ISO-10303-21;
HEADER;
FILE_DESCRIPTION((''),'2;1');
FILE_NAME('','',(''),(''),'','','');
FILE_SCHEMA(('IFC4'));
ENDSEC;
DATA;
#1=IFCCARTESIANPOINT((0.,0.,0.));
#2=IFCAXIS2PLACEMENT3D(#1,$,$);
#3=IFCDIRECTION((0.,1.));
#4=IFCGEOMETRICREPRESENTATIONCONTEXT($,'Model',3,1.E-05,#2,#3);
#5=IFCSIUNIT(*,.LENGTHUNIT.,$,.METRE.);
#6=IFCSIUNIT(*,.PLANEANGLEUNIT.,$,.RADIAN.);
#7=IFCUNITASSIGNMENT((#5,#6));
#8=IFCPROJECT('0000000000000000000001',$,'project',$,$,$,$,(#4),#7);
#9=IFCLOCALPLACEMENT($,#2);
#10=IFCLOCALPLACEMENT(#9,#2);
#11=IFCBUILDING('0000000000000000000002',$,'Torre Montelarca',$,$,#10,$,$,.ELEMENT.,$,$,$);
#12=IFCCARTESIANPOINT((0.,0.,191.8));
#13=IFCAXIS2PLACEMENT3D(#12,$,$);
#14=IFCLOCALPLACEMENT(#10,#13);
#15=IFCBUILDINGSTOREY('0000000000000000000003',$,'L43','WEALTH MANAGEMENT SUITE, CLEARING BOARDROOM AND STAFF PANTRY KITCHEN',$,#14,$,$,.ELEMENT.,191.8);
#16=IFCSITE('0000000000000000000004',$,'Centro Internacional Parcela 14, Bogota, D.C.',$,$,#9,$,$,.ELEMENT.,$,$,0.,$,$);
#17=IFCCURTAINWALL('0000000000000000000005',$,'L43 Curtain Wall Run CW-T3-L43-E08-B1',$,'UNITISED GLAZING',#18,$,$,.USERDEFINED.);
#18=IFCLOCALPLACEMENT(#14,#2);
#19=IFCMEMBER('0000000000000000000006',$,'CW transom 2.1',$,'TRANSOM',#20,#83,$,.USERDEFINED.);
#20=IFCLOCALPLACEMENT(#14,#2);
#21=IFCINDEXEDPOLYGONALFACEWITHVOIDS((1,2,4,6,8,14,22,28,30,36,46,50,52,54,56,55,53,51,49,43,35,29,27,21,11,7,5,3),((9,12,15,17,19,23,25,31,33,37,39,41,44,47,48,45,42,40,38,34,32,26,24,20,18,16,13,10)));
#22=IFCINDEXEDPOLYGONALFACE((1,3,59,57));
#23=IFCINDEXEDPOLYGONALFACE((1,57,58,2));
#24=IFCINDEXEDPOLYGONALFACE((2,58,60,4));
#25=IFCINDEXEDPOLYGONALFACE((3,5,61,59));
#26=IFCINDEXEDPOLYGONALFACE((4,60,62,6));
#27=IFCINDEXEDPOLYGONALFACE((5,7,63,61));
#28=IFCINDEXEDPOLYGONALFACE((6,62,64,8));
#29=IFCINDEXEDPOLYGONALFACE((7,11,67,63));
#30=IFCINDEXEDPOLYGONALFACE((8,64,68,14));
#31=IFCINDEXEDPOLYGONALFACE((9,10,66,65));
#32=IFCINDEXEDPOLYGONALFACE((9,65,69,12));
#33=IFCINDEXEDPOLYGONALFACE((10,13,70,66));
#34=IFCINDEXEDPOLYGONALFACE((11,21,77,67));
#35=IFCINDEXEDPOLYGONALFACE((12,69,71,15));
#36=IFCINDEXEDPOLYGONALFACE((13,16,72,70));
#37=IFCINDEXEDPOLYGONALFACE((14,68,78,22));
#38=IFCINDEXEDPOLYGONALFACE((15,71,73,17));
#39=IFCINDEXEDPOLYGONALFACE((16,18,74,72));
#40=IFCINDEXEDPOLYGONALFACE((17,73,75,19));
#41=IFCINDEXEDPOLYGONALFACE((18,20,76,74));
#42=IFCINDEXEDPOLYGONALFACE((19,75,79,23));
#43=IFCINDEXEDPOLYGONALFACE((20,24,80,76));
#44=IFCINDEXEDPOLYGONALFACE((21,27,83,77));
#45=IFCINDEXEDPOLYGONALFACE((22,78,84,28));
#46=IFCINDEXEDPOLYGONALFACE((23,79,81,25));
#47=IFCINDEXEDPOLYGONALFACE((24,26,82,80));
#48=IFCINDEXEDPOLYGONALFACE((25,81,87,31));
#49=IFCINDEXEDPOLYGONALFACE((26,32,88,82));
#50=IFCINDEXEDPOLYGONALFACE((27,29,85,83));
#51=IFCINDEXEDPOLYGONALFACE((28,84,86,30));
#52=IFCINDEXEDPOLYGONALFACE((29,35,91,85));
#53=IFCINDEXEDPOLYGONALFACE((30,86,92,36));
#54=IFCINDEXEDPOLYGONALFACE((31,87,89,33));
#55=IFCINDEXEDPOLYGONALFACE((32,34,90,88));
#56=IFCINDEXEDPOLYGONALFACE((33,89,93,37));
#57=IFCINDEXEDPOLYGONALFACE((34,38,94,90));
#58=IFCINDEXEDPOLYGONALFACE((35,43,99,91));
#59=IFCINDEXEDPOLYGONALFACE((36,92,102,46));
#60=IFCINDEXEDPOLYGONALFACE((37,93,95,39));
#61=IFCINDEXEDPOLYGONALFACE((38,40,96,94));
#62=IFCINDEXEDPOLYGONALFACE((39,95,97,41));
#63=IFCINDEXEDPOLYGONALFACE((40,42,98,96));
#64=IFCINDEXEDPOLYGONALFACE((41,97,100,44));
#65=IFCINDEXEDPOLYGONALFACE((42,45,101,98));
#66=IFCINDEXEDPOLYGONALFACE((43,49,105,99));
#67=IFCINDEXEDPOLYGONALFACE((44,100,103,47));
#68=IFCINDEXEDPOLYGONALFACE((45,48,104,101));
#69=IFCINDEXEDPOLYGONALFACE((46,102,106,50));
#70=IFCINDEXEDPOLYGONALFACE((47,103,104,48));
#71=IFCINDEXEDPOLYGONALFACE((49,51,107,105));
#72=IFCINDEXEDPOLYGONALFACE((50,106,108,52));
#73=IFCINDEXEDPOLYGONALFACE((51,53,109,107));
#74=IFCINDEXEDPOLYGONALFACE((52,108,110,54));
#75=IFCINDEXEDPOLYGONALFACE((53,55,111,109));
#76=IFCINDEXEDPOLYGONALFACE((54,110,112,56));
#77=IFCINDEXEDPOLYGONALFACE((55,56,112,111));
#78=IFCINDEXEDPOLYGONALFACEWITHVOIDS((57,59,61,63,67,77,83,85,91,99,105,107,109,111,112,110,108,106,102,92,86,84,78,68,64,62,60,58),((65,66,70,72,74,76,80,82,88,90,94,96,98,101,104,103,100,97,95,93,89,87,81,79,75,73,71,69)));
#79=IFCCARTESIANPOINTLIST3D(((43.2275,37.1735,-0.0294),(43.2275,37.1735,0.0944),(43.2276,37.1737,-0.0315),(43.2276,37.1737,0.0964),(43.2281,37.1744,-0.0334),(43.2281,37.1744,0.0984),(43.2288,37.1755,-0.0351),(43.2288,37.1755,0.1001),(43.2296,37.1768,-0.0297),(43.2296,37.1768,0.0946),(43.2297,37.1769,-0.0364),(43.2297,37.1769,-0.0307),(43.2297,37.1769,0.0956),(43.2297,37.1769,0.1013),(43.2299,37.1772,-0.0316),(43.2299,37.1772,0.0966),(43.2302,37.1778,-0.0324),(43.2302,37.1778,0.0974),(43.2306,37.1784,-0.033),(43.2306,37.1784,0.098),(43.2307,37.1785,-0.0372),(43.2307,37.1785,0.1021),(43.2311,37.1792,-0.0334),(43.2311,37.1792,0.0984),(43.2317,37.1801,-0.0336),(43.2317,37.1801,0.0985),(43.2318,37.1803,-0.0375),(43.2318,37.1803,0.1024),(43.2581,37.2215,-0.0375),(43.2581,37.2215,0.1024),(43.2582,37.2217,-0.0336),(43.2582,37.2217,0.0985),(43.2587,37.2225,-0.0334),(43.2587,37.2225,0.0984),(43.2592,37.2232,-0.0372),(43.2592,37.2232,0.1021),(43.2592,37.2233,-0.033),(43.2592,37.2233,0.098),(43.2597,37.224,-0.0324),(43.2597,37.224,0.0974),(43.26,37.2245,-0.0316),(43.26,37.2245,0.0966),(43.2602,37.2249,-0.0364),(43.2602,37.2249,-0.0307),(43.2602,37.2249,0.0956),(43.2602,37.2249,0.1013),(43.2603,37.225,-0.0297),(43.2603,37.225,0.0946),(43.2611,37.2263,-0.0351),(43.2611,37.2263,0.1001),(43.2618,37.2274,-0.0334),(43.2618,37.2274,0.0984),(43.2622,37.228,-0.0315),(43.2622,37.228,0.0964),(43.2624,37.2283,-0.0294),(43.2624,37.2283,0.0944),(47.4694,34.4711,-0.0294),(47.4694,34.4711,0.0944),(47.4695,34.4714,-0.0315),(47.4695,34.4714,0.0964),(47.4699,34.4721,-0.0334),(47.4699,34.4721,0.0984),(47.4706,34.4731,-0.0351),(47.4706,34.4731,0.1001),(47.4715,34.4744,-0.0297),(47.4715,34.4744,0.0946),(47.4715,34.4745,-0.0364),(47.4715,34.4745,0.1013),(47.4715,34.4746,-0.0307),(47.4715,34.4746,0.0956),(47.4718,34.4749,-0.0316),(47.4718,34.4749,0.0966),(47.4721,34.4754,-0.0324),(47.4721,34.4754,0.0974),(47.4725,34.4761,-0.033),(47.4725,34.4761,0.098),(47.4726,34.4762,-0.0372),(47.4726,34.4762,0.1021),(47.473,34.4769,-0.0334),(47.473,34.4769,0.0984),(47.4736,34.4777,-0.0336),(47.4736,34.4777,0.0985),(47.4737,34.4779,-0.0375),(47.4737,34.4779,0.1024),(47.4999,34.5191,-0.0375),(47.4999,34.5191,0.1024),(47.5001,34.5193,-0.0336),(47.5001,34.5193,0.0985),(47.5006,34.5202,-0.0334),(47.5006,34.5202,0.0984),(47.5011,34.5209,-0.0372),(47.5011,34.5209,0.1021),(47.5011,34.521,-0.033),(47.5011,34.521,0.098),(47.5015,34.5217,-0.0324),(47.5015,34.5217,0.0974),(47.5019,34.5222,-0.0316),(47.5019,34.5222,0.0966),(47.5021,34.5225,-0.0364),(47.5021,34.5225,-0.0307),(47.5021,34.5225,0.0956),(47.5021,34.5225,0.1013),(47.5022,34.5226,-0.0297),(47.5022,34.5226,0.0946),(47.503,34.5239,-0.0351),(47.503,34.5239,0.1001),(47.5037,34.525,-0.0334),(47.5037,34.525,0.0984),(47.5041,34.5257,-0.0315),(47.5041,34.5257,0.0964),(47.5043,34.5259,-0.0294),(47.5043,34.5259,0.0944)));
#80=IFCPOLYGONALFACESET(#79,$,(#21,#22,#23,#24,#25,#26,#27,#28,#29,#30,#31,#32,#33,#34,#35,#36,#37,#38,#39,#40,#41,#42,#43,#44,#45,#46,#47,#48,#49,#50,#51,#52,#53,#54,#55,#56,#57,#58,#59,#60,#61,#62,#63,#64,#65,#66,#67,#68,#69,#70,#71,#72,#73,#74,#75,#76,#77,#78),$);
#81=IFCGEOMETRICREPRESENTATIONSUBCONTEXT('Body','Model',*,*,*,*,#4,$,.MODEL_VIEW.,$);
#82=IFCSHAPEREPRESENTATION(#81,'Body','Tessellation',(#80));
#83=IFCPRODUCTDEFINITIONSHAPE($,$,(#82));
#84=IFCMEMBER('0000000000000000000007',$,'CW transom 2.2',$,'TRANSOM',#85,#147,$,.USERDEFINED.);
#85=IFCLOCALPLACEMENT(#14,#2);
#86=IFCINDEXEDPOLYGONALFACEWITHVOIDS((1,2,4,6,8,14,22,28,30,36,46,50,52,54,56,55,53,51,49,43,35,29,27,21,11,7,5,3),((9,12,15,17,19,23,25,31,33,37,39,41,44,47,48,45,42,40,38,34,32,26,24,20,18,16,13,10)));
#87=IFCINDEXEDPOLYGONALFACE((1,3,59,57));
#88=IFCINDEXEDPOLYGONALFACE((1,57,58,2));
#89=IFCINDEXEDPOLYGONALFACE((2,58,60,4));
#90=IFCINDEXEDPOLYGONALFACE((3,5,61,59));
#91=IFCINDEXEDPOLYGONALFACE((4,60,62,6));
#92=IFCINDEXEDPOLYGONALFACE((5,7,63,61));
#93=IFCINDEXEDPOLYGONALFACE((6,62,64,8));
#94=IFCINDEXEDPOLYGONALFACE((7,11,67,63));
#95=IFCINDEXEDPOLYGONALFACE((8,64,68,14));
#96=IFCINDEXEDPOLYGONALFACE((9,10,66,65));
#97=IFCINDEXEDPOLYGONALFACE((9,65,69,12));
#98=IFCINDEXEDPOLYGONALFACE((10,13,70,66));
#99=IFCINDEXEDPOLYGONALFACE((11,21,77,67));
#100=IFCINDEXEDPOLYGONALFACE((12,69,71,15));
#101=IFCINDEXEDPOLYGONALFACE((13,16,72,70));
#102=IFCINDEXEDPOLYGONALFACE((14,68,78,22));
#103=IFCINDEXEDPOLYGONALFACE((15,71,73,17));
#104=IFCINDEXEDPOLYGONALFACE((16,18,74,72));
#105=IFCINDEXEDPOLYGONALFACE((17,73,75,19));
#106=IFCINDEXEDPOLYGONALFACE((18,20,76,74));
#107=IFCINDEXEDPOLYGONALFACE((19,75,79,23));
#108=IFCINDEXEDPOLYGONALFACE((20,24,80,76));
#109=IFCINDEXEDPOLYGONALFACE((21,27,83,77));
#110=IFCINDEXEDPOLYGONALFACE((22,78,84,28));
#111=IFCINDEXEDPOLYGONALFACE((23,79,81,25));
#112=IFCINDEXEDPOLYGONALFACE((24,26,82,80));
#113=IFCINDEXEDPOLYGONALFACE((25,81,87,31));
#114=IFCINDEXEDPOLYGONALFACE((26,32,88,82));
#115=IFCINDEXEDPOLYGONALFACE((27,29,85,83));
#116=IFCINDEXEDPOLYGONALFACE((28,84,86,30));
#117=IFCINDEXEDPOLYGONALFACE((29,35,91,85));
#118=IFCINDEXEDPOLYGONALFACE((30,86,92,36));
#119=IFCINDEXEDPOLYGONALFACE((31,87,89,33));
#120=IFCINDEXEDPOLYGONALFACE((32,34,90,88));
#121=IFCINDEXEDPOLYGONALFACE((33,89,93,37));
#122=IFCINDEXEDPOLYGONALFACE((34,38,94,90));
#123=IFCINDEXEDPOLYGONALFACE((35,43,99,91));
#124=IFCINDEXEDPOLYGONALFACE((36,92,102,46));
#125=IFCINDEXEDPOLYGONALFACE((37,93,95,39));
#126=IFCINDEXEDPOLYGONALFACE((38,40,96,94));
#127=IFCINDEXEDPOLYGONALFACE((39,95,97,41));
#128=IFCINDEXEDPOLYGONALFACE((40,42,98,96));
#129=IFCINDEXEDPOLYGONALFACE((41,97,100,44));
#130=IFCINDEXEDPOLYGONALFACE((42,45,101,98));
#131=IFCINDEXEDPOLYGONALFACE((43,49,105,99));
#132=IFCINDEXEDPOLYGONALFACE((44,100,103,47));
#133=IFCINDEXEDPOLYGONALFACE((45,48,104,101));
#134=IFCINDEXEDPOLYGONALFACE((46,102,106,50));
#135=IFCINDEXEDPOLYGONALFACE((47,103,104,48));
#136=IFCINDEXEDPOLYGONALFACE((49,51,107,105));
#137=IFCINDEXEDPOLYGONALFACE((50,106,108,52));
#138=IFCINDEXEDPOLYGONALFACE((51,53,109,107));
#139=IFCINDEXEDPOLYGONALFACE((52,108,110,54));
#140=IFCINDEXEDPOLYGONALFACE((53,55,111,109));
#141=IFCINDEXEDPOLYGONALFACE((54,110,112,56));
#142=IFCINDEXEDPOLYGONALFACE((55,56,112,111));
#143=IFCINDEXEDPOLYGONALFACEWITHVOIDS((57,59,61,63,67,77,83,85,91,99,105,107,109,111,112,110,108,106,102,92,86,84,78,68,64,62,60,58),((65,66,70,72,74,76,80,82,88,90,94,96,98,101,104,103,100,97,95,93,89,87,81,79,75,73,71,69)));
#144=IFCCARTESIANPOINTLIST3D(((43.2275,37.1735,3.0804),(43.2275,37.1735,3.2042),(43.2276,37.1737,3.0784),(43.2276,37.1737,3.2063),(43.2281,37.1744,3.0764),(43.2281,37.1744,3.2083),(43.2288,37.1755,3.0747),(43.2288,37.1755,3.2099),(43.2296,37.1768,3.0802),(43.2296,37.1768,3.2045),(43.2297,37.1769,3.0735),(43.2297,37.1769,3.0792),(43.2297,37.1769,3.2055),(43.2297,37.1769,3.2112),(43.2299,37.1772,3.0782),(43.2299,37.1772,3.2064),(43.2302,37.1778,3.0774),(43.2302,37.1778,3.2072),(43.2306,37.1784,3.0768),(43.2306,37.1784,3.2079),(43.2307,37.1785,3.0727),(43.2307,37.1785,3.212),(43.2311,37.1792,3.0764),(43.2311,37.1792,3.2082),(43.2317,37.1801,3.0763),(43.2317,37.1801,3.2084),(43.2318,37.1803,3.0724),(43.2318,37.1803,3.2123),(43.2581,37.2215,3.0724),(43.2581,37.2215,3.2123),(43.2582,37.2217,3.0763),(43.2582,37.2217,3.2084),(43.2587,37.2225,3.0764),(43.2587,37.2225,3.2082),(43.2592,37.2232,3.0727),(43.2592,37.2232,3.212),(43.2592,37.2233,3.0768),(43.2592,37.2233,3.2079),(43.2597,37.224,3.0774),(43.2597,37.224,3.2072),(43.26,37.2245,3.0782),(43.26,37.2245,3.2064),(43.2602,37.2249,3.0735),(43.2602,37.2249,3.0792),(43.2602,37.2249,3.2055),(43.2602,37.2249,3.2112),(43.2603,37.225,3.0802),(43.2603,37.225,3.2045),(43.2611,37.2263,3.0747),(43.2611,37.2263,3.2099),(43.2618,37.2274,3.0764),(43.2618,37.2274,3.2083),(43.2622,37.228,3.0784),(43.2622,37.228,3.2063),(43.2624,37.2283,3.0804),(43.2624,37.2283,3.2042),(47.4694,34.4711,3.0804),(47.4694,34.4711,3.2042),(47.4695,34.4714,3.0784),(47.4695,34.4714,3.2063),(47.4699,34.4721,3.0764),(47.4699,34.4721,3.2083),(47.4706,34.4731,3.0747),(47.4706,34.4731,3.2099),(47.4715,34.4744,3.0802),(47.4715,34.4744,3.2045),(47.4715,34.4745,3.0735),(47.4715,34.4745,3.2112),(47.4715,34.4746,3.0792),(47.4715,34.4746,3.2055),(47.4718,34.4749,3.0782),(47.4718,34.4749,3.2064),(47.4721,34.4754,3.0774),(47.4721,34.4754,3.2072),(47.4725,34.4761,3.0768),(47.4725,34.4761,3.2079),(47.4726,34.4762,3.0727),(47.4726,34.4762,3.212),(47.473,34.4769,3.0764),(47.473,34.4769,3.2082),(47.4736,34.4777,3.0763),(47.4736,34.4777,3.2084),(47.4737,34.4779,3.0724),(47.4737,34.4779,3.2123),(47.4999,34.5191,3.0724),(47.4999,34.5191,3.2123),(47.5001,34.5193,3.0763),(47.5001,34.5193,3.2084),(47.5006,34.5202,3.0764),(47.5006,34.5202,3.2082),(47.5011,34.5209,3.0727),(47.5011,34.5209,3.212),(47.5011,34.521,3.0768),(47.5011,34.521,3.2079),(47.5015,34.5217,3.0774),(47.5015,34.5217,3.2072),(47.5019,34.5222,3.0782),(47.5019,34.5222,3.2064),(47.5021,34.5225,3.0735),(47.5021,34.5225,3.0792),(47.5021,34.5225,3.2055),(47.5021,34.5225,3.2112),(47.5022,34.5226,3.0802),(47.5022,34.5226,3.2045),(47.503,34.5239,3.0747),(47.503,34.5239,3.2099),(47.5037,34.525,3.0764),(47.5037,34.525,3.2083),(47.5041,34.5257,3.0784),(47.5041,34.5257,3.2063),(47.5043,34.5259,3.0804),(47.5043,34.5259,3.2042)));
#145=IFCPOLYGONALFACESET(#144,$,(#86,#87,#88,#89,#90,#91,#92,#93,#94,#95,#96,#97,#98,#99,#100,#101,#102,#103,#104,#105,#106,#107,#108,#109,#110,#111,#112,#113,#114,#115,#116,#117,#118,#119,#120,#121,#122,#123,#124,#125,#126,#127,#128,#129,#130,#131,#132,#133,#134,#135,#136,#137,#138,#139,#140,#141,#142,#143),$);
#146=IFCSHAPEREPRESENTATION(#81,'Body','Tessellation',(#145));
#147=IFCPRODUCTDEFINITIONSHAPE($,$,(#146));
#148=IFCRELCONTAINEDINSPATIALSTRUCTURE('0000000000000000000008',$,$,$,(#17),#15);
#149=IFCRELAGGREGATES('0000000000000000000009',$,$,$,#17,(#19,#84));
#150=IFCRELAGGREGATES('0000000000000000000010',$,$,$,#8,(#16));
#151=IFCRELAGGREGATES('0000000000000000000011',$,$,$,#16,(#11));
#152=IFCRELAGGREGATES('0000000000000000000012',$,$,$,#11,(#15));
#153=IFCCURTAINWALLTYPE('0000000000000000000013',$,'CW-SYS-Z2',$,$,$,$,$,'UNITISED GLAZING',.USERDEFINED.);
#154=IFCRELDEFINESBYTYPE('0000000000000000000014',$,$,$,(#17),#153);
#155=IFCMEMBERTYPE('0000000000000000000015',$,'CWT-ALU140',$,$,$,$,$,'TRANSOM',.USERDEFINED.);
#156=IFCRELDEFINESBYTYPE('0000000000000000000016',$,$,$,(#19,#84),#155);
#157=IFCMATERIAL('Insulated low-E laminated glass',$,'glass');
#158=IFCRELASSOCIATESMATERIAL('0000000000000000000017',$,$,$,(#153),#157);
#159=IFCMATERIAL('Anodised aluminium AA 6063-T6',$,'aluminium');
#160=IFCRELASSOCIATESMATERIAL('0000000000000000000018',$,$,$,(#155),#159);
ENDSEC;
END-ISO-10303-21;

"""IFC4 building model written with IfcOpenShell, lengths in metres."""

from ifc_helpers import new_model, si_unit, direction, frame, origin, origin_2d, place, context, subcontext, project, spatial, hollow_rectangle, extrude, source, transform, mapped, material, material_profile, profile_set, type_object, element, aggregate, save


model = new_model("IFC4")

# Units and contexts
model_context = context("Model", 3, precision=1e-05, world=origin(), true_north=direction((0.0, 1.0)))
body_context = subcontext(model_context, "Body", "Model", "MODEL_VIEW")
ifc_project = project(units=[si_unit("LENGTHUNIT", "METRE"), si_unit("PLANEANGLEUNIT", "RADIAN")], contexts=[model_context])

# Site, building, storey
site_placement = place(None, origin())
site = spatial("IfcSite", under=ifc_project, at=site_placement, Name="Centro Internacional Parcela 14, Bogota, D.C.", CompositionType="ELEMENT", RefElevation=0.0)
building_placement = place(site_placement, origin())
building = spatial("IfcBuilding", under=site, at=building_placement, Name="Torre Montelarca", CompositionType="ELEMENT")
storey_placement = place(building_placement, frame((0.0, 0.0, 191.8)))
storey = spatial("IfcBuildingStorey", under=building, at=storey_placement, Name="L43", Description="WEALTH MANAGEMENT SUITE, CLEARING BOARDROOM AND STAFF PANTRY KITCHEN", CompositionType="ELEMENT", Elevation=191.8)

# Curtain wall
ifc_material_1 = material(Name="Insulated low-E laminated glass", Category="glass")
curtain_wall_type = type_object("IfcCurtainWallType", Name="CW-SYS-Z2", ElementType="UNITISED GLAZING", PredefinedType="USERDEFINED", material=ifc_material_1)
ifc_material_2 = material(Name="Anodised aluminium AA 6063-T6", Category="aluminium")
ifc_material_profile_1 = material_profile(ifc_material_2, hollow_rectangle(XDim=0.0649, YDim=0.1399, WallThickness=0.0039, InnerFilletRadius=0.0039, OuterFilletRadius=0.0081, at=origin_2d()), Name="ALU65X140X4", Category="aluminium")
ifc_profile_set_1 = profile_set([ifc_material_profile_1], Name="Anodised aluminium AA 6063-T6")
member_type_1 = type_object("IfcMemberType", Name="CWT-ALU140", ElementType="TRANSOM", PredefinedType="USERDEFINED", material=ifc_profile_set_1)
curtain_wall_1_placement = place(storey_placement, origin())
curtain_wall_1 = element("IfcCurtainWall", 1, at=curtain_wall_1_placement, inside=storey, type_object=curtain_wall_type, Name="L43 Curtain Wall Run CW-T3-L43-E08-B1", ObjectType="UNITISED GLAZING", PredefinedType="USERDEFINED")

# Members
shared_shape_1 = source(origin(), body_context, "Body", "SweptSolid", [
    extrude(hollow_rectangle(XDim=0.0649, YDim=0.1399, WallThickness=0.0039, InnerFilletRadius=0.0039, OuterFilletRadius=0.0081, at=origin_2d()), origin(), (0.0, 0.0, 1.0), 5.0295),
])
member_1_placement = place(storey_placement, frame((47.4868, 34.4985, 0.0325), z_axis=(-0.843394, 0.537296, 0.0), x_axis=(-0.537296, -0.843394, 0.0)))
member_1 = element("IfcMember", 2, at=member_1_placement, type_object=member_type_1, Name="CW transom 2.1", ObjectType="TRANSOM", PredefinedType="USERDEFINED", context=body_context, shape_type="MappedRepresentation", body=[
    mapped(shared_shape_1, transform((0.0, 0.0, 0.0), scale=1.0)),
])
member_2_placement = place(storey_placement, frame((47.4868, 34.4985, 3.1423), z_axis=(-0.843394, 0.537296, 0.0), x_axis=(-0.537296, -0.843394, 0.0)))
member_2 = element("IfcMember", 3, at=member_2_placement, type_object=member_type_1, Name="CW transom 2.2", ObjectType="TRANSOM", PredefinedType="USERDEFINED", context=body_context, shape_type="MappedRepresentation", body=[
    mapped(shared_shape_1, transform((0.0, 0.0, 0.0), scale=1.0)),
])

aggregate(curtain_wall_1, [member_1, member_2])

save(model, "model.ifc")
